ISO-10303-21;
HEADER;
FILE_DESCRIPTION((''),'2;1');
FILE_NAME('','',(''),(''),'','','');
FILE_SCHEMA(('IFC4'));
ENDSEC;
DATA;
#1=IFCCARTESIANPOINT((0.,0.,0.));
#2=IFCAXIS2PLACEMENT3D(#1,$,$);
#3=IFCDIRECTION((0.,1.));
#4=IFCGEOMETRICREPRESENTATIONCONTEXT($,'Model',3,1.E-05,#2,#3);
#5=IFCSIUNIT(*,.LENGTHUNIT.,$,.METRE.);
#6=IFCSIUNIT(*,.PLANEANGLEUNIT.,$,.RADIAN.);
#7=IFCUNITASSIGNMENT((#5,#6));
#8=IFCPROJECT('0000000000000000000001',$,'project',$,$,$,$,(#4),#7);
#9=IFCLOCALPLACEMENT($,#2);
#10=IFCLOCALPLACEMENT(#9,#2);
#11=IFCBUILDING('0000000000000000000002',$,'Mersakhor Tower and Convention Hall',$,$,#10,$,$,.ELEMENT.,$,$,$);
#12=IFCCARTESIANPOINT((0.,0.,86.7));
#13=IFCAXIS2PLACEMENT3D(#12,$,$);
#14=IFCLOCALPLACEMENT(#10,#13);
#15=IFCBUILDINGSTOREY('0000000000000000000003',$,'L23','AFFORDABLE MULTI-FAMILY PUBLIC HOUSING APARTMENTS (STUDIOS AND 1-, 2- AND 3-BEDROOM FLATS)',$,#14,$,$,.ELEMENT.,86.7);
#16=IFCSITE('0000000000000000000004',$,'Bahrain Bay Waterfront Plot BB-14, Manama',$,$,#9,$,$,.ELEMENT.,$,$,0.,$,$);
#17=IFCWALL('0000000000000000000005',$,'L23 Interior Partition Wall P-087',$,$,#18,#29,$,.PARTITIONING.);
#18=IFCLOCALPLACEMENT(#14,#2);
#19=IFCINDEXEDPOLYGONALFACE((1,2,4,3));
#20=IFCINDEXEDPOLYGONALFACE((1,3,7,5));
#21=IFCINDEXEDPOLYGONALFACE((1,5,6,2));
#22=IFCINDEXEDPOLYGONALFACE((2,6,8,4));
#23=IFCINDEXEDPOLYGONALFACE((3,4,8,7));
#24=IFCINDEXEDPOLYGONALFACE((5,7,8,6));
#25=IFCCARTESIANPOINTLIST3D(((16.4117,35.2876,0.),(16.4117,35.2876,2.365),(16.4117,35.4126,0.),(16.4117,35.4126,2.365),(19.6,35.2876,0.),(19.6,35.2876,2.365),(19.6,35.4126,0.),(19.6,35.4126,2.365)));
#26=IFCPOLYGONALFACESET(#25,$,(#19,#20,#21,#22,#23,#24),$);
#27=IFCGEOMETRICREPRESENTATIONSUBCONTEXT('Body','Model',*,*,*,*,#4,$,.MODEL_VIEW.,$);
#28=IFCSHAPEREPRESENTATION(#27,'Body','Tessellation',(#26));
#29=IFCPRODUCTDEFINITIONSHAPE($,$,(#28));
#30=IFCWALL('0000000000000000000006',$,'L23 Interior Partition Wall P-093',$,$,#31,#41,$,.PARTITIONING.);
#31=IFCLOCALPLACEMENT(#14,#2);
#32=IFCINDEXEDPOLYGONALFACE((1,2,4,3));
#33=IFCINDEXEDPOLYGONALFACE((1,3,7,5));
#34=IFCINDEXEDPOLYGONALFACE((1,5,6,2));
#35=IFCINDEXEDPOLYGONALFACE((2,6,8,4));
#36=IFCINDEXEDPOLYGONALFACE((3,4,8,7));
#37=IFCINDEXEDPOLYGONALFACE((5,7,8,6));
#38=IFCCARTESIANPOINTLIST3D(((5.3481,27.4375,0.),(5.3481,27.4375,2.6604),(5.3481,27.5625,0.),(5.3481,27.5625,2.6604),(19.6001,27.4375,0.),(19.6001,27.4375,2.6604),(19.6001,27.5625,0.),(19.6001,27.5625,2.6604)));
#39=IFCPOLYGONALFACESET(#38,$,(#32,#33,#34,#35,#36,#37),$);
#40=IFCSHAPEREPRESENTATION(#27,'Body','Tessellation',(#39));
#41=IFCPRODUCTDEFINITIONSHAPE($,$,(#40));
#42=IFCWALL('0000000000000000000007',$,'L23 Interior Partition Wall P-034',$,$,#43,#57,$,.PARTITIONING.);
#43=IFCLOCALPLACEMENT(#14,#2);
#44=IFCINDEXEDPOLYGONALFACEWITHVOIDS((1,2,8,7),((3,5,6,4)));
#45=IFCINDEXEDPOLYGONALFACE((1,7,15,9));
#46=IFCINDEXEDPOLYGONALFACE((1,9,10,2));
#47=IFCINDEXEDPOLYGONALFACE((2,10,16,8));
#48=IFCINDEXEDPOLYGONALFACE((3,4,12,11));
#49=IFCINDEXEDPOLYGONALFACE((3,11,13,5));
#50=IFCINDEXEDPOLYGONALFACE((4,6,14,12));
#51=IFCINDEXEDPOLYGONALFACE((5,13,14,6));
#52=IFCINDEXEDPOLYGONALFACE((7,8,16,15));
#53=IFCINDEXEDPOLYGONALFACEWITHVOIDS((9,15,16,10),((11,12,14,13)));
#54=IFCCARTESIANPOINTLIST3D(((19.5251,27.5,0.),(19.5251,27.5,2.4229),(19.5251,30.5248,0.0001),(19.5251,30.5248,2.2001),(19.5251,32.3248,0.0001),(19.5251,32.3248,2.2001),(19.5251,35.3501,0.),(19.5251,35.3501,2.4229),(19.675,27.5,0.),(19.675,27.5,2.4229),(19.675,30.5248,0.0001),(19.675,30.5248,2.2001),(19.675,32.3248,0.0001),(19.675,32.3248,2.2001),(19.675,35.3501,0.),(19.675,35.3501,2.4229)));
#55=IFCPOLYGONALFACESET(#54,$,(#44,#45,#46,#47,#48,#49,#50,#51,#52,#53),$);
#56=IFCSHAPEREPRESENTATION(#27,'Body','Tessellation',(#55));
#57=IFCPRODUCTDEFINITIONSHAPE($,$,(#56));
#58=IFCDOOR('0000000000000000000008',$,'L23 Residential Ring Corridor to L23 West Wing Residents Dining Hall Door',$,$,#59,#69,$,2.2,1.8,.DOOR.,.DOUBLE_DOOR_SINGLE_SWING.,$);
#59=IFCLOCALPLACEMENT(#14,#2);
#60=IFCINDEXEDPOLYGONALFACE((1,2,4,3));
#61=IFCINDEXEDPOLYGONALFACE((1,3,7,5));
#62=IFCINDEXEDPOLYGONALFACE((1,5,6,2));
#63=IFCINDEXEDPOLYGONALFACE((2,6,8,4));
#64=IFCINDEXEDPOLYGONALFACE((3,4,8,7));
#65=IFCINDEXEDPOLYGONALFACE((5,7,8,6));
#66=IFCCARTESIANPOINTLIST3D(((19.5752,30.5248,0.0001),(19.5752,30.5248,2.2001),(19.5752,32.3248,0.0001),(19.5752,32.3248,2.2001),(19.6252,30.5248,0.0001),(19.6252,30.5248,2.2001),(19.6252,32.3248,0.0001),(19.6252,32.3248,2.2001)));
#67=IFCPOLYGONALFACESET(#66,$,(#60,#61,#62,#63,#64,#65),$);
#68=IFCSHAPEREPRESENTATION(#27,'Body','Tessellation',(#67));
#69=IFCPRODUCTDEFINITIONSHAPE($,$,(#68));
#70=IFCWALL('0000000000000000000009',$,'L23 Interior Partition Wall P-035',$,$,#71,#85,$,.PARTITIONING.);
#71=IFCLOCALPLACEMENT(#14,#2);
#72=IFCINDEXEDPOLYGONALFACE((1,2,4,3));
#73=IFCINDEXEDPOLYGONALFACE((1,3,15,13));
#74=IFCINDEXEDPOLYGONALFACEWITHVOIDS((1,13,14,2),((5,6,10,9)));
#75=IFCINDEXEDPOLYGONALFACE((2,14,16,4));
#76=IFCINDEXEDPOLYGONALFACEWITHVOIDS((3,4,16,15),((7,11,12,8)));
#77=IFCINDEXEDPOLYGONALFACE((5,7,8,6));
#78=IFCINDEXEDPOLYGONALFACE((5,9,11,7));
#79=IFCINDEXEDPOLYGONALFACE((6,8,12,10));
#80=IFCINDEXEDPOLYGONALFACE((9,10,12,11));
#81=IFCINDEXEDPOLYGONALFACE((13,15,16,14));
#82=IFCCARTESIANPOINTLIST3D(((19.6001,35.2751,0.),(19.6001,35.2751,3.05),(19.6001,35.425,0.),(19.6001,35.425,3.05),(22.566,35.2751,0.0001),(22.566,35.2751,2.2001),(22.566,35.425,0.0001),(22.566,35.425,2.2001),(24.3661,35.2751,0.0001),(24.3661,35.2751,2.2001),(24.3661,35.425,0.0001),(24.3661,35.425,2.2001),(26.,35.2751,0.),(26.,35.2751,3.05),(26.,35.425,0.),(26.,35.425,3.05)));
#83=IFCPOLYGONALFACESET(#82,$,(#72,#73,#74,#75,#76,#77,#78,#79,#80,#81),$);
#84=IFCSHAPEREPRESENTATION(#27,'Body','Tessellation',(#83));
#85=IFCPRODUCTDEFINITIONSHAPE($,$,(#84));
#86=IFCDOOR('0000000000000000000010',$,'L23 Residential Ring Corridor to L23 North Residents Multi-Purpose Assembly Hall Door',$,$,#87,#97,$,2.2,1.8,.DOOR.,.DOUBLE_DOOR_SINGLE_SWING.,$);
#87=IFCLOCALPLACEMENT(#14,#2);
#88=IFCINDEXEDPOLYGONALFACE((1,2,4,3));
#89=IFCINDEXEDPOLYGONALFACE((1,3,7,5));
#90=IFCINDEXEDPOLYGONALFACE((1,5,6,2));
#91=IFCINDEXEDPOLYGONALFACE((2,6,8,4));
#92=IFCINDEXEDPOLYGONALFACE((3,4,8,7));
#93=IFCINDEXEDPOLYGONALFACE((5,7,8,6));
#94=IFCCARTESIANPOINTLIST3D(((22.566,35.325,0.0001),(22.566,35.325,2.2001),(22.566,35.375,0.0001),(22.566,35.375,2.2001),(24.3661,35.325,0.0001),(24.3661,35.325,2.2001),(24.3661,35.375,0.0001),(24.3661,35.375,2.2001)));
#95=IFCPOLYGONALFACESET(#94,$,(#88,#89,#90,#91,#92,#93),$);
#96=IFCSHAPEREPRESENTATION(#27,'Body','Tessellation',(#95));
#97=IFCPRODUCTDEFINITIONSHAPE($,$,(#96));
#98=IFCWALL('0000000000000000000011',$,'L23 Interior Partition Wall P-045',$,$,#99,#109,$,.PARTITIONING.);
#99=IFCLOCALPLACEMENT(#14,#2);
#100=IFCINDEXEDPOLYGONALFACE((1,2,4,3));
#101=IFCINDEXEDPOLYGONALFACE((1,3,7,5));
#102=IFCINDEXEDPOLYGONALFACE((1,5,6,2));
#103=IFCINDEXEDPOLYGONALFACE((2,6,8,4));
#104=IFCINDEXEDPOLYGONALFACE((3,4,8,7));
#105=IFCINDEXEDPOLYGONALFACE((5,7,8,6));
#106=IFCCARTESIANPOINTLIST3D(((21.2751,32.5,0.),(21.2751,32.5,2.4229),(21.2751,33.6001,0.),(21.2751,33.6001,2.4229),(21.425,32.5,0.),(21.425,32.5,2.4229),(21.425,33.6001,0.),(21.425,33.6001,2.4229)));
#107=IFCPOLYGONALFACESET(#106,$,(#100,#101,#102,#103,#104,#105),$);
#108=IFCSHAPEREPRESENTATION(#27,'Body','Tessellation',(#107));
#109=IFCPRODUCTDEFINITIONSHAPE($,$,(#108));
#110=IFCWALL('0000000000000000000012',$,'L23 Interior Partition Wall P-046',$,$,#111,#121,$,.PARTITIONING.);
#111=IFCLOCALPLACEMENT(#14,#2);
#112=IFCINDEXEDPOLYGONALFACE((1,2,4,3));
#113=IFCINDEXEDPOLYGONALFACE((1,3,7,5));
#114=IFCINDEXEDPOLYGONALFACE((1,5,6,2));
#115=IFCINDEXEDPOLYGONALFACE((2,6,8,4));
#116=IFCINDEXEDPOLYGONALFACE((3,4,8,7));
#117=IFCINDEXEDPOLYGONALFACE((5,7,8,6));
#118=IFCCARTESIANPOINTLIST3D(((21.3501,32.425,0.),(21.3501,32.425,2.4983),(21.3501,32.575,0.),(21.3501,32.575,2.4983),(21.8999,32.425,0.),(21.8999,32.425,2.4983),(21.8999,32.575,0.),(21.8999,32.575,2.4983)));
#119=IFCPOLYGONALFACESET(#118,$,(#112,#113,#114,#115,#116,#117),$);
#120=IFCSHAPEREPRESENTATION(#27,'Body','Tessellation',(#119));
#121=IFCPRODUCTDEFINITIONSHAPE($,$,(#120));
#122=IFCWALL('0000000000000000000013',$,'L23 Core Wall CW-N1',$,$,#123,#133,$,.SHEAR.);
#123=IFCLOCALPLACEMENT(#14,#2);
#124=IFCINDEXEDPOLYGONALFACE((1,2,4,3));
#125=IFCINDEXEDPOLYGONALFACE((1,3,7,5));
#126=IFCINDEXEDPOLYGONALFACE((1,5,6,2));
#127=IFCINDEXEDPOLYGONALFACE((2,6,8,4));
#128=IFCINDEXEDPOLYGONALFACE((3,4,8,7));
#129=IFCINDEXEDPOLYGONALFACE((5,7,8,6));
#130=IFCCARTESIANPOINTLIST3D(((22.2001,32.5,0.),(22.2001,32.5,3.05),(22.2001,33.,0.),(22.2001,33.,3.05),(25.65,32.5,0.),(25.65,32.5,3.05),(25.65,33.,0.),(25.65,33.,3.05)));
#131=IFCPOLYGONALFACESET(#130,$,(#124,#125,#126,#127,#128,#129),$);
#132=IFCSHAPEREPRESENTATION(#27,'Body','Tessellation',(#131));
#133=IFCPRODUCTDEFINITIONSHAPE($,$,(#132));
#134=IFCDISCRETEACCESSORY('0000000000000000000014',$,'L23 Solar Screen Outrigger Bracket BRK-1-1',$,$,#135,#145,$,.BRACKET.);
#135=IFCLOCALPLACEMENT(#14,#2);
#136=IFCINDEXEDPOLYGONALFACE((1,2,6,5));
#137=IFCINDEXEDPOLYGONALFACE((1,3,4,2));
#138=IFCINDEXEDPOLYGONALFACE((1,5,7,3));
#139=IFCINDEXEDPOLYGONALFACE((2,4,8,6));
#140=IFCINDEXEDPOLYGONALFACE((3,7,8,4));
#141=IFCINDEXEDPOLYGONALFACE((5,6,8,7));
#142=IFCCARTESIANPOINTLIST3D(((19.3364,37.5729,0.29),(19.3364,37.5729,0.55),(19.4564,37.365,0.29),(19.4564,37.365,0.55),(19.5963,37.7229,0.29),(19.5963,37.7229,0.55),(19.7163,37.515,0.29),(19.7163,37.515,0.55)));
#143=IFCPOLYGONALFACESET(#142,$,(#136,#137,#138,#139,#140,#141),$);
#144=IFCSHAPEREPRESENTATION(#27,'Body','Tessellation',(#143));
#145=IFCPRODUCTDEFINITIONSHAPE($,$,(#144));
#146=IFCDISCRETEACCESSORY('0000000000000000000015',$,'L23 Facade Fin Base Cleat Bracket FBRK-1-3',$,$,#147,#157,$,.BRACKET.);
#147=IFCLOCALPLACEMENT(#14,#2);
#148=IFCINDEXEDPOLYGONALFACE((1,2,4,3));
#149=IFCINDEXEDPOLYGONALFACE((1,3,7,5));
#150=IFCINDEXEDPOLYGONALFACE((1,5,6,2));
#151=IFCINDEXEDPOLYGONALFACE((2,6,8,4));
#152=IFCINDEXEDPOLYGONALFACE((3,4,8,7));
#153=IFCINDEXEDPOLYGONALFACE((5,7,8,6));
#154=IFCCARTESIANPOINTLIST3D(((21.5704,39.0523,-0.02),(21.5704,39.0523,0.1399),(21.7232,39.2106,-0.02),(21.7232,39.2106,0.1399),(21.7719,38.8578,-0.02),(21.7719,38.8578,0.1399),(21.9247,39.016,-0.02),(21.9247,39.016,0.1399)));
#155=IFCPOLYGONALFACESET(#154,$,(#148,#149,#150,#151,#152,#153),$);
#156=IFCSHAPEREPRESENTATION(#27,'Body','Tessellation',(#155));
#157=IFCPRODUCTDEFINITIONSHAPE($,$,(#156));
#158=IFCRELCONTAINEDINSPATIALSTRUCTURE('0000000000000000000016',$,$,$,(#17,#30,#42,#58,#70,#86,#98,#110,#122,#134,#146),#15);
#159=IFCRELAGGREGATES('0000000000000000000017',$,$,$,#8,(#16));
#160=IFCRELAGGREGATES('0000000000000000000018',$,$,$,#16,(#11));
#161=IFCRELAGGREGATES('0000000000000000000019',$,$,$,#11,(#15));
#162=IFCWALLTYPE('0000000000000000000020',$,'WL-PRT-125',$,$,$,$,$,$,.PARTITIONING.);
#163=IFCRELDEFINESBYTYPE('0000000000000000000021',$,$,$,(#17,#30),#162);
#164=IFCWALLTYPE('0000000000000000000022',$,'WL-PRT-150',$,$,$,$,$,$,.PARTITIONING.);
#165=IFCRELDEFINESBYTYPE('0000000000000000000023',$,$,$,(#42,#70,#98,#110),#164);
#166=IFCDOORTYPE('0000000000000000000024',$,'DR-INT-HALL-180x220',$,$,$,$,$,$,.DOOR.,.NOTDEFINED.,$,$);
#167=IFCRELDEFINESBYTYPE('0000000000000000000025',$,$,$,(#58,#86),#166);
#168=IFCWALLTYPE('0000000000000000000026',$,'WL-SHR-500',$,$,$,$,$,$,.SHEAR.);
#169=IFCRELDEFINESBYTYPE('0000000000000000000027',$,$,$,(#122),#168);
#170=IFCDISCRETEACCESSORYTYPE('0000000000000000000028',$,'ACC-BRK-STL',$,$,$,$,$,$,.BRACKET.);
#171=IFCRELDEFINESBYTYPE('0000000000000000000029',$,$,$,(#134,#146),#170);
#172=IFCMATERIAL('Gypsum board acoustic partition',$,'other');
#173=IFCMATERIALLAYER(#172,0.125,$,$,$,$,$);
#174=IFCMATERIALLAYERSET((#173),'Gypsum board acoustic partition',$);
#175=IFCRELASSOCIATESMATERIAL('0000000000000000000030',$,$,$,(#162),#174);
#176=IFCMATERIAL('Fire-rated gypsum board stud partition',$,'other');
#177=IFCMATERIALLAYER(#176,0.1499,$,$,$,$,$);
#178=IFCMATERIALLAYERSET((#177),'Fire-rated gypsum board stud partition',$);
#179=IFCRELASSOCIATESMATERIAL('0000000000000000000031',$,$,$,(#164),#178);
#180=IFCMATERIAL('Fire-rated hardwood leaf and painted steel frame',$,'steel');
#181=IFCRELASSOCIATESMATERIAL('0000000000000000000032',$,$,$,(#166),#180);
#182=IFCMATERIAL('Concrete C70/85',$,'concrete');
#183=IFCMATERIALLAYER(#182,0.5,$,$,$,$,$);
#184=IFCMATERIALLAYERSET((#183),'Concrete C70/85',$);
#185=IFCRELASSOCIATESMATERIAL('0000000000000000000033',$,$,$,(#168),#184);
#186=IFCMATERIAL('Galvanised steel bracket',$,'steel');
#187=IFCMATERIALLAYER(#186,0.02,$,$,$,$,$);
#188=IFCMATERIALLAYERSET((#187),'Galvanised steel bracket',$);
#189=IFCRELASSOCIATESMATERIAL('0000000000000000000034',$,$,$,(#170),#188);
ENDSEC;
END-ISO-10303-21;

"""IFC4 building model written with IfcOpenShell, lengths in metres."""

from ifc_helpers import new_model, si_unit, direction, frame, frame_2d, origin, origin_2d, place, context, subcontext, project, spatial, rectangle, extrude, material, layer, layer_set, type_object, element, fill, save


model = new_model("IFC4")

# Units and contexts
model_context = context("Model", 3, precision=1e-05, world=origin(), true_north=direction((0.0, 1.0)))
body_context = subcontext(model_context, "Body", "Model", "MODEL_VIEW")
ifc_project = project(units=[si_unit("LENGTHUNIT", "METRE"), si_unit("PLANEANGLEUNIT", "RADIAN")], contexts=[model_context])

# Site, building, storey
site_placement = place(None, origin())
site = spatial("IfcSite", under=ifc_project, at=site_placement, Name="Bahrain Bay Waterfront Plot BB-14, Manama", CompositionType="ELEMENT", RefElevation=0.0)
building_placement = place(site_placement, origin())
building = spatial("IfcBuilding", under=site, at=building_placement, Name="Mersakhor Tower and Convention Hall", CompositionType="ELEMENT")
storey_placement = place(building_placement, frame((0.0, 0.0, 86.7)))
storey = spatial("IfcBuildingStorey", under=building, at=storey_placement, Name="L23", Description="AFFORDABLE MULTI-FAMILY PUBLIC HOUSING APARTMENTS (STUDIOS AND 1-, 2- AND 3-BEDROOM FLATS)", CompositionType="ELEMENT", Elevation=86.7)

# Walls
ifc_material_1 = material(Name="Gypsum board acoustic partition", Category="other")
ifc_layer_1 = layer(ifc_material_1, 0.125)
ifc_layer_set_1 = layer_set([ifc_layer_1], Name="Gypsum board acoustic partition")
wall_type_1 = type_object("IfcWallType", Name="WL-PRT-125", PredefinedType="PARTITIONING", material=ifc_layer_set_1)
wall_1_placement = place(storey_placement, frame((19.6001, 35.3501, 0.0), z_axis=(0.0, 0.0, 1.0), x_axis=(-1.0, 0.0, 0.0)))
element("IfcWall", 1, at=wall_1_placement, inside=storey, type_object=wall_type_1, Name="L23 Interior Partition Wall P-087", PredefinedType="PARTITIONING", context=body_context, shape_type="SweptSolid", body=[
    extrude(rectangle(XDim=3.1882, YDim=0.125, at=frame_2d((1.5942, 0.0))), origin(), (0.0, 0.0, 1.0), 2.365),
])
wall_2_placement = place(storey_placement, frame((19.6001, 27.5, 0.0), z_axis=(0.0, 0.0, 1.0), x_axis=(-1.0, 0.0, 0.0)))
element("IfcWall", 2, at=wall_2_placement, inside=storey, type_object=wall_type_1, Name="L23 Interior Partition Wall P-093", PredefinedType="PARTITIONING", context=body_context, shape_type="SweptSolid", body=[
    extrude(rectangle(XDim=14.252, YDim=0.125, at=frame_2d((7.126, 0.0))), origin(), (0.0, 0.0, 1.0), 2.6604),
])

# Walls, openings, doors
ifc_material_2 = material(Name="Fire-rated gypsum board stud partition", Category="other")
ifc_layer_2 = layer(ifc_material_2, 0.1499)
ifc_layer_set_2 = layer_set([ifc_layer_2], Name="Fire-rated gypsum board stud partition")
wall_type_2 = type_object("IfcWallType", Name="WL-PRT-150", PredefinedType="PARTITIONING", material=ifc_layer_set_2)
wall_3_placement = place(storey_placement, frame((19.6001, 27.5, 0.0), z_axis=(0.0, 0.0, 1.0), x_axis=(0.0, 1.0, 0.0)))
wall_3 = element("IfcWall", 3, at=wall_3_placement, inside=storey, type_object=wall_type_2, Name="L23 Interior Partition Wall P-034", PredefinedType="PARTITIONING", context=body_context, shape_type="SweptSolid", body=[
    extrude(rectangle(XDim=7.8501, YDim=0.1499, at=frame_2d((3.925, 0.0))), origin(), (0.0, 0.0, 1.0), 2.4229),
])
opening_1_placement = place(wall_3_placement, frame((3.0249, 0.0, 0.0)))
opening_1 = element("IfcOpeningElement", 4, at=opening_1_placement, cuts=wall_3, PredefinedType="OPENING", context=body_context, shape_type="SweptSolid", body=[
    extrude(rectangle(XDim=1.8, YDim=2.2, at=frame_2d((0.8999, 1.1001))), frame((0.0, 0.085, 0.0), z_axis=(0.0, -1.0, 0.0), x_axis=(1.0, 0.0, 0.0)), (0.0, 0.0, 1.0), 0.1699),
])
ifc_material_3 = material(Name="Fire-rated hardwood leaf and painted steel frame", Category="steel")
door_type = type_object("IfcDoorType", Name="DR-INT-HALL-180x220", OperationType="NOTDEFINED", PredefinedType="DOOR", material=ifc_material_3)
door_1_placement = place(opening_1_placement, origin())
door_1 = element("IfcDoor", 5, at=door_1_placement, inside=storey, type_object=door_type, Name="L23 Residential Ring Corridor to L23 West Wing Residents Dining Hall Door", OperationType="DOUBLE_DOOR_SINGLE_SWING", OverallHeight=2.2, OverallWidth=1.8, PredefinedType="DOOR", context=body_context, shape_type="SweptSolid", body=[
    extrude(rectangle(XDim=1.8, YDim=2.2, at=frame_2d((0.8999, 1.1001))), frame((0.0, 0.0249, 0.0), z_axis=(0.0, -1.0, 0.0), x_axis=(1.0, 0.0, 0.0)), (0.0, 0.0, 1.0), 0.05),
])
fill(opening_1, door_1)
wall_4_placement = place(storey_placement, frame((19.6001, 35.3501, 0.0), z_axis=(0.0, 0.0, 1.0), x_axis=(1.0, 0.0, 0.0)))
wall_4 = element("IfcWall", 6, at=wall_4_placement, inside=storey, type_object=wall_type_2, Name="L23 Interior Partition Wall P-035", PredefinedType="PARTITIONING", context=body_context, shape_type="SweptSolid", body=[
    extrude(rectangle(XDim=6.3999, YDim=0.1499, at=frame_2d((3.2, 0.0))), origin(), (0.0, 0.0, 1.0), 3.05),
])
opening_2_placement = place(wall_4_placement, frame((2.9661, 0.0, 0.0)))
opening_2 = element("IfcOpeningElement", 7, at=opening_2_placement, cuts=wall_4, PredefinedType="OPENING", context=body_context, shape_type="SweptSolid", body=[
    extrude(rectangle(XDim=1.8, YDim=2.2, at=frame_2d((0.8999, 1.1001))), frame((0.0, 0.085, 0.0), z_axis=(0.0, -1.0, 0.0), x_axis=(1.0, 0.0, 0.0)), (0.0, 0.0, 1.0), 0.1699),
])
door_2_placement = place(opening_2_placement, origin())
door_2 = element("IfcDoor", 8, at=door_2_placement, inside=storey, type_object=door_type, Name="L23 Residential Ring Corridor to L23 North Residents Multi-Purpose Assembly Hall Door", OperationType="DOUBLE_DOOR_SINGLE_SWING", OverallHeight=2.2, OverallWidth=1.8, PredefinedType="DOOR", context=body_context, shape_type="SweptSolid", body=[
    extrude(rectangle(XDim=1.8, YDim=2.2, at=frame_2d((0.8999, 1.1001))), frame((0.0, 0.0249, 0.0), z_axis=(0.0, -1.0, 0.0), x_axis=(1.0, 0.0, 0.0)), (0.0, 0.0, 1.0), 0.05),
])
fill(opening_2, door_2)

# Walls
wall_5_placement = place(storey_placement, frame((21.3501, 33.6001, 0.0), z_axis=(0.0, 0.0, 1.0), x_axis=(0.0, -1.0, 0.0)))
element("IfcWall", 9, at=wall_5_placement, inside=storey, type_object=wall_type_2, Name="L23 Interior Partition Wall P-045", PredefinedType="PARTITIONING", context=body_context, shape_type="SweptSolid", body=[
    extrude(rectangle(XDim=1.1001, YDim=0.1499, at=frame_2d((0.55, 0.0))), origin(), (0.0, 0.0, 1.0), 2.4229),
])
wall_6_placement = place(storey_placement, frame((21.3501, 32.5, 0.0), z_axis=(0.0, 0.0, 1.0), x_axis=(1.0, 0.0, 0.0)))
element("IfcWall", 10, at=wall_6_placement, inside=storey, type_object=wall_type_2, Name="L23 Interior Partition Wall P-046", PredefinedType="PARTITIONING", context=body_context, shape_type="SweptSolid", body=[
    extrude(rectangle(XDim=0.5498, YDim=0.1499, at=frame_2d((0.2749, 0.0))), origin(), (0.0, 0.0, 1.0), 2.4983),
])
ifc_material_4 = material(Name="Concrete C70/85", Category="concrete")
ifc_layer_3 = layer(ifc_material_4, 0.5)
ifc_layer_set_3 = layer_set([ifc_layer_3], Name="Concrete C70/85")
wall_type_3 = type_object("IfcWallType", Name="WL-SHR-500", PredefinedType="SHEAR", material=ifc_layer_set_3)
wall_7_placement = place(storey_placement, frame((22.2, 32.75, 0.0), z_axis=(0.0, 0.0, 1.0), x_axis=(1.0, 0.0, 0.0)))
element("IfcWall", 11, at=wall_7_placement, inside=storey, type_object=wall_type_3, Name="L23 Core Wall CW-N1", PredefinedType="SHEAR", context=body_context, shape_type="SweptSolid", body=[
    extrude(rectangle(XDim=3.45, YDim=0.5, at=frame_2d((1.7251, 0.0))), origin(), (0.0, 0.0, 1.0), 3.05),
])

# Discrete accessories
ifc_material_5 = material(Name="Galvanised steel bracket", Category="steel")
ifc_layer_4 = layer(ifc_material_5, 0.02)
ifc_layer_set_4 = layer_set([ifc_layer_4], Name="Galvanised steel bracket")
discrete_accessory_type = type_object("IfcDiscreteAccessoryType", Name="ACC-BRK-STL", PredefinedType="BRACKET", material=ifc_layer_set_4)
discrete_accessory_1_placement = place(storey_placement, frame((19.5264, 37.5439, 0.29), z_axis=(0.0, 0.0, 1.0), x_axis=(0.866025, 0.5, 0.0)))
element("IfcDiscreteAccessory", 12, at=discrete_accessory_1_placement, inside=storey, type_object=discrete_accessory_type, Name="L23 Solar Screen Outrigger Bracket BRK-1-1", PredefinedType="BRACKET", context=body_context, shape_type="SweptSolid", body=[
    extrude(rectangle(XDim=0.3, YDim=0.24, at=origin_2d()), origin(), (0.0, 0.0, 1.0), 0.26),
])
discrete_accessory_2_placement = place(storey_placement, frame((21.7476, 39.0342, -0.02), z_axis=(0.0, 0.0, 1.0), x_axis=(-0.71934, 0.694658, 0.0)))
element("IfcDiscreteAccessory", 13, at=discrete_accessory_2_placement, inside=storey, type_object=discrete_accessory_type, Name="L23 Facade Fin Base Cleat Bracket FBRK-1-3", PredefinedType="BRACKET", context=body_context, shape_type="SweptSolid", body=[
    extrude(rectangle(XDim=0.28, YDim=0.22, at=origin_2d()), origin(), (0.0, 0.0, 1.0), 0.1599),
])

save(model, "model.ifc")
